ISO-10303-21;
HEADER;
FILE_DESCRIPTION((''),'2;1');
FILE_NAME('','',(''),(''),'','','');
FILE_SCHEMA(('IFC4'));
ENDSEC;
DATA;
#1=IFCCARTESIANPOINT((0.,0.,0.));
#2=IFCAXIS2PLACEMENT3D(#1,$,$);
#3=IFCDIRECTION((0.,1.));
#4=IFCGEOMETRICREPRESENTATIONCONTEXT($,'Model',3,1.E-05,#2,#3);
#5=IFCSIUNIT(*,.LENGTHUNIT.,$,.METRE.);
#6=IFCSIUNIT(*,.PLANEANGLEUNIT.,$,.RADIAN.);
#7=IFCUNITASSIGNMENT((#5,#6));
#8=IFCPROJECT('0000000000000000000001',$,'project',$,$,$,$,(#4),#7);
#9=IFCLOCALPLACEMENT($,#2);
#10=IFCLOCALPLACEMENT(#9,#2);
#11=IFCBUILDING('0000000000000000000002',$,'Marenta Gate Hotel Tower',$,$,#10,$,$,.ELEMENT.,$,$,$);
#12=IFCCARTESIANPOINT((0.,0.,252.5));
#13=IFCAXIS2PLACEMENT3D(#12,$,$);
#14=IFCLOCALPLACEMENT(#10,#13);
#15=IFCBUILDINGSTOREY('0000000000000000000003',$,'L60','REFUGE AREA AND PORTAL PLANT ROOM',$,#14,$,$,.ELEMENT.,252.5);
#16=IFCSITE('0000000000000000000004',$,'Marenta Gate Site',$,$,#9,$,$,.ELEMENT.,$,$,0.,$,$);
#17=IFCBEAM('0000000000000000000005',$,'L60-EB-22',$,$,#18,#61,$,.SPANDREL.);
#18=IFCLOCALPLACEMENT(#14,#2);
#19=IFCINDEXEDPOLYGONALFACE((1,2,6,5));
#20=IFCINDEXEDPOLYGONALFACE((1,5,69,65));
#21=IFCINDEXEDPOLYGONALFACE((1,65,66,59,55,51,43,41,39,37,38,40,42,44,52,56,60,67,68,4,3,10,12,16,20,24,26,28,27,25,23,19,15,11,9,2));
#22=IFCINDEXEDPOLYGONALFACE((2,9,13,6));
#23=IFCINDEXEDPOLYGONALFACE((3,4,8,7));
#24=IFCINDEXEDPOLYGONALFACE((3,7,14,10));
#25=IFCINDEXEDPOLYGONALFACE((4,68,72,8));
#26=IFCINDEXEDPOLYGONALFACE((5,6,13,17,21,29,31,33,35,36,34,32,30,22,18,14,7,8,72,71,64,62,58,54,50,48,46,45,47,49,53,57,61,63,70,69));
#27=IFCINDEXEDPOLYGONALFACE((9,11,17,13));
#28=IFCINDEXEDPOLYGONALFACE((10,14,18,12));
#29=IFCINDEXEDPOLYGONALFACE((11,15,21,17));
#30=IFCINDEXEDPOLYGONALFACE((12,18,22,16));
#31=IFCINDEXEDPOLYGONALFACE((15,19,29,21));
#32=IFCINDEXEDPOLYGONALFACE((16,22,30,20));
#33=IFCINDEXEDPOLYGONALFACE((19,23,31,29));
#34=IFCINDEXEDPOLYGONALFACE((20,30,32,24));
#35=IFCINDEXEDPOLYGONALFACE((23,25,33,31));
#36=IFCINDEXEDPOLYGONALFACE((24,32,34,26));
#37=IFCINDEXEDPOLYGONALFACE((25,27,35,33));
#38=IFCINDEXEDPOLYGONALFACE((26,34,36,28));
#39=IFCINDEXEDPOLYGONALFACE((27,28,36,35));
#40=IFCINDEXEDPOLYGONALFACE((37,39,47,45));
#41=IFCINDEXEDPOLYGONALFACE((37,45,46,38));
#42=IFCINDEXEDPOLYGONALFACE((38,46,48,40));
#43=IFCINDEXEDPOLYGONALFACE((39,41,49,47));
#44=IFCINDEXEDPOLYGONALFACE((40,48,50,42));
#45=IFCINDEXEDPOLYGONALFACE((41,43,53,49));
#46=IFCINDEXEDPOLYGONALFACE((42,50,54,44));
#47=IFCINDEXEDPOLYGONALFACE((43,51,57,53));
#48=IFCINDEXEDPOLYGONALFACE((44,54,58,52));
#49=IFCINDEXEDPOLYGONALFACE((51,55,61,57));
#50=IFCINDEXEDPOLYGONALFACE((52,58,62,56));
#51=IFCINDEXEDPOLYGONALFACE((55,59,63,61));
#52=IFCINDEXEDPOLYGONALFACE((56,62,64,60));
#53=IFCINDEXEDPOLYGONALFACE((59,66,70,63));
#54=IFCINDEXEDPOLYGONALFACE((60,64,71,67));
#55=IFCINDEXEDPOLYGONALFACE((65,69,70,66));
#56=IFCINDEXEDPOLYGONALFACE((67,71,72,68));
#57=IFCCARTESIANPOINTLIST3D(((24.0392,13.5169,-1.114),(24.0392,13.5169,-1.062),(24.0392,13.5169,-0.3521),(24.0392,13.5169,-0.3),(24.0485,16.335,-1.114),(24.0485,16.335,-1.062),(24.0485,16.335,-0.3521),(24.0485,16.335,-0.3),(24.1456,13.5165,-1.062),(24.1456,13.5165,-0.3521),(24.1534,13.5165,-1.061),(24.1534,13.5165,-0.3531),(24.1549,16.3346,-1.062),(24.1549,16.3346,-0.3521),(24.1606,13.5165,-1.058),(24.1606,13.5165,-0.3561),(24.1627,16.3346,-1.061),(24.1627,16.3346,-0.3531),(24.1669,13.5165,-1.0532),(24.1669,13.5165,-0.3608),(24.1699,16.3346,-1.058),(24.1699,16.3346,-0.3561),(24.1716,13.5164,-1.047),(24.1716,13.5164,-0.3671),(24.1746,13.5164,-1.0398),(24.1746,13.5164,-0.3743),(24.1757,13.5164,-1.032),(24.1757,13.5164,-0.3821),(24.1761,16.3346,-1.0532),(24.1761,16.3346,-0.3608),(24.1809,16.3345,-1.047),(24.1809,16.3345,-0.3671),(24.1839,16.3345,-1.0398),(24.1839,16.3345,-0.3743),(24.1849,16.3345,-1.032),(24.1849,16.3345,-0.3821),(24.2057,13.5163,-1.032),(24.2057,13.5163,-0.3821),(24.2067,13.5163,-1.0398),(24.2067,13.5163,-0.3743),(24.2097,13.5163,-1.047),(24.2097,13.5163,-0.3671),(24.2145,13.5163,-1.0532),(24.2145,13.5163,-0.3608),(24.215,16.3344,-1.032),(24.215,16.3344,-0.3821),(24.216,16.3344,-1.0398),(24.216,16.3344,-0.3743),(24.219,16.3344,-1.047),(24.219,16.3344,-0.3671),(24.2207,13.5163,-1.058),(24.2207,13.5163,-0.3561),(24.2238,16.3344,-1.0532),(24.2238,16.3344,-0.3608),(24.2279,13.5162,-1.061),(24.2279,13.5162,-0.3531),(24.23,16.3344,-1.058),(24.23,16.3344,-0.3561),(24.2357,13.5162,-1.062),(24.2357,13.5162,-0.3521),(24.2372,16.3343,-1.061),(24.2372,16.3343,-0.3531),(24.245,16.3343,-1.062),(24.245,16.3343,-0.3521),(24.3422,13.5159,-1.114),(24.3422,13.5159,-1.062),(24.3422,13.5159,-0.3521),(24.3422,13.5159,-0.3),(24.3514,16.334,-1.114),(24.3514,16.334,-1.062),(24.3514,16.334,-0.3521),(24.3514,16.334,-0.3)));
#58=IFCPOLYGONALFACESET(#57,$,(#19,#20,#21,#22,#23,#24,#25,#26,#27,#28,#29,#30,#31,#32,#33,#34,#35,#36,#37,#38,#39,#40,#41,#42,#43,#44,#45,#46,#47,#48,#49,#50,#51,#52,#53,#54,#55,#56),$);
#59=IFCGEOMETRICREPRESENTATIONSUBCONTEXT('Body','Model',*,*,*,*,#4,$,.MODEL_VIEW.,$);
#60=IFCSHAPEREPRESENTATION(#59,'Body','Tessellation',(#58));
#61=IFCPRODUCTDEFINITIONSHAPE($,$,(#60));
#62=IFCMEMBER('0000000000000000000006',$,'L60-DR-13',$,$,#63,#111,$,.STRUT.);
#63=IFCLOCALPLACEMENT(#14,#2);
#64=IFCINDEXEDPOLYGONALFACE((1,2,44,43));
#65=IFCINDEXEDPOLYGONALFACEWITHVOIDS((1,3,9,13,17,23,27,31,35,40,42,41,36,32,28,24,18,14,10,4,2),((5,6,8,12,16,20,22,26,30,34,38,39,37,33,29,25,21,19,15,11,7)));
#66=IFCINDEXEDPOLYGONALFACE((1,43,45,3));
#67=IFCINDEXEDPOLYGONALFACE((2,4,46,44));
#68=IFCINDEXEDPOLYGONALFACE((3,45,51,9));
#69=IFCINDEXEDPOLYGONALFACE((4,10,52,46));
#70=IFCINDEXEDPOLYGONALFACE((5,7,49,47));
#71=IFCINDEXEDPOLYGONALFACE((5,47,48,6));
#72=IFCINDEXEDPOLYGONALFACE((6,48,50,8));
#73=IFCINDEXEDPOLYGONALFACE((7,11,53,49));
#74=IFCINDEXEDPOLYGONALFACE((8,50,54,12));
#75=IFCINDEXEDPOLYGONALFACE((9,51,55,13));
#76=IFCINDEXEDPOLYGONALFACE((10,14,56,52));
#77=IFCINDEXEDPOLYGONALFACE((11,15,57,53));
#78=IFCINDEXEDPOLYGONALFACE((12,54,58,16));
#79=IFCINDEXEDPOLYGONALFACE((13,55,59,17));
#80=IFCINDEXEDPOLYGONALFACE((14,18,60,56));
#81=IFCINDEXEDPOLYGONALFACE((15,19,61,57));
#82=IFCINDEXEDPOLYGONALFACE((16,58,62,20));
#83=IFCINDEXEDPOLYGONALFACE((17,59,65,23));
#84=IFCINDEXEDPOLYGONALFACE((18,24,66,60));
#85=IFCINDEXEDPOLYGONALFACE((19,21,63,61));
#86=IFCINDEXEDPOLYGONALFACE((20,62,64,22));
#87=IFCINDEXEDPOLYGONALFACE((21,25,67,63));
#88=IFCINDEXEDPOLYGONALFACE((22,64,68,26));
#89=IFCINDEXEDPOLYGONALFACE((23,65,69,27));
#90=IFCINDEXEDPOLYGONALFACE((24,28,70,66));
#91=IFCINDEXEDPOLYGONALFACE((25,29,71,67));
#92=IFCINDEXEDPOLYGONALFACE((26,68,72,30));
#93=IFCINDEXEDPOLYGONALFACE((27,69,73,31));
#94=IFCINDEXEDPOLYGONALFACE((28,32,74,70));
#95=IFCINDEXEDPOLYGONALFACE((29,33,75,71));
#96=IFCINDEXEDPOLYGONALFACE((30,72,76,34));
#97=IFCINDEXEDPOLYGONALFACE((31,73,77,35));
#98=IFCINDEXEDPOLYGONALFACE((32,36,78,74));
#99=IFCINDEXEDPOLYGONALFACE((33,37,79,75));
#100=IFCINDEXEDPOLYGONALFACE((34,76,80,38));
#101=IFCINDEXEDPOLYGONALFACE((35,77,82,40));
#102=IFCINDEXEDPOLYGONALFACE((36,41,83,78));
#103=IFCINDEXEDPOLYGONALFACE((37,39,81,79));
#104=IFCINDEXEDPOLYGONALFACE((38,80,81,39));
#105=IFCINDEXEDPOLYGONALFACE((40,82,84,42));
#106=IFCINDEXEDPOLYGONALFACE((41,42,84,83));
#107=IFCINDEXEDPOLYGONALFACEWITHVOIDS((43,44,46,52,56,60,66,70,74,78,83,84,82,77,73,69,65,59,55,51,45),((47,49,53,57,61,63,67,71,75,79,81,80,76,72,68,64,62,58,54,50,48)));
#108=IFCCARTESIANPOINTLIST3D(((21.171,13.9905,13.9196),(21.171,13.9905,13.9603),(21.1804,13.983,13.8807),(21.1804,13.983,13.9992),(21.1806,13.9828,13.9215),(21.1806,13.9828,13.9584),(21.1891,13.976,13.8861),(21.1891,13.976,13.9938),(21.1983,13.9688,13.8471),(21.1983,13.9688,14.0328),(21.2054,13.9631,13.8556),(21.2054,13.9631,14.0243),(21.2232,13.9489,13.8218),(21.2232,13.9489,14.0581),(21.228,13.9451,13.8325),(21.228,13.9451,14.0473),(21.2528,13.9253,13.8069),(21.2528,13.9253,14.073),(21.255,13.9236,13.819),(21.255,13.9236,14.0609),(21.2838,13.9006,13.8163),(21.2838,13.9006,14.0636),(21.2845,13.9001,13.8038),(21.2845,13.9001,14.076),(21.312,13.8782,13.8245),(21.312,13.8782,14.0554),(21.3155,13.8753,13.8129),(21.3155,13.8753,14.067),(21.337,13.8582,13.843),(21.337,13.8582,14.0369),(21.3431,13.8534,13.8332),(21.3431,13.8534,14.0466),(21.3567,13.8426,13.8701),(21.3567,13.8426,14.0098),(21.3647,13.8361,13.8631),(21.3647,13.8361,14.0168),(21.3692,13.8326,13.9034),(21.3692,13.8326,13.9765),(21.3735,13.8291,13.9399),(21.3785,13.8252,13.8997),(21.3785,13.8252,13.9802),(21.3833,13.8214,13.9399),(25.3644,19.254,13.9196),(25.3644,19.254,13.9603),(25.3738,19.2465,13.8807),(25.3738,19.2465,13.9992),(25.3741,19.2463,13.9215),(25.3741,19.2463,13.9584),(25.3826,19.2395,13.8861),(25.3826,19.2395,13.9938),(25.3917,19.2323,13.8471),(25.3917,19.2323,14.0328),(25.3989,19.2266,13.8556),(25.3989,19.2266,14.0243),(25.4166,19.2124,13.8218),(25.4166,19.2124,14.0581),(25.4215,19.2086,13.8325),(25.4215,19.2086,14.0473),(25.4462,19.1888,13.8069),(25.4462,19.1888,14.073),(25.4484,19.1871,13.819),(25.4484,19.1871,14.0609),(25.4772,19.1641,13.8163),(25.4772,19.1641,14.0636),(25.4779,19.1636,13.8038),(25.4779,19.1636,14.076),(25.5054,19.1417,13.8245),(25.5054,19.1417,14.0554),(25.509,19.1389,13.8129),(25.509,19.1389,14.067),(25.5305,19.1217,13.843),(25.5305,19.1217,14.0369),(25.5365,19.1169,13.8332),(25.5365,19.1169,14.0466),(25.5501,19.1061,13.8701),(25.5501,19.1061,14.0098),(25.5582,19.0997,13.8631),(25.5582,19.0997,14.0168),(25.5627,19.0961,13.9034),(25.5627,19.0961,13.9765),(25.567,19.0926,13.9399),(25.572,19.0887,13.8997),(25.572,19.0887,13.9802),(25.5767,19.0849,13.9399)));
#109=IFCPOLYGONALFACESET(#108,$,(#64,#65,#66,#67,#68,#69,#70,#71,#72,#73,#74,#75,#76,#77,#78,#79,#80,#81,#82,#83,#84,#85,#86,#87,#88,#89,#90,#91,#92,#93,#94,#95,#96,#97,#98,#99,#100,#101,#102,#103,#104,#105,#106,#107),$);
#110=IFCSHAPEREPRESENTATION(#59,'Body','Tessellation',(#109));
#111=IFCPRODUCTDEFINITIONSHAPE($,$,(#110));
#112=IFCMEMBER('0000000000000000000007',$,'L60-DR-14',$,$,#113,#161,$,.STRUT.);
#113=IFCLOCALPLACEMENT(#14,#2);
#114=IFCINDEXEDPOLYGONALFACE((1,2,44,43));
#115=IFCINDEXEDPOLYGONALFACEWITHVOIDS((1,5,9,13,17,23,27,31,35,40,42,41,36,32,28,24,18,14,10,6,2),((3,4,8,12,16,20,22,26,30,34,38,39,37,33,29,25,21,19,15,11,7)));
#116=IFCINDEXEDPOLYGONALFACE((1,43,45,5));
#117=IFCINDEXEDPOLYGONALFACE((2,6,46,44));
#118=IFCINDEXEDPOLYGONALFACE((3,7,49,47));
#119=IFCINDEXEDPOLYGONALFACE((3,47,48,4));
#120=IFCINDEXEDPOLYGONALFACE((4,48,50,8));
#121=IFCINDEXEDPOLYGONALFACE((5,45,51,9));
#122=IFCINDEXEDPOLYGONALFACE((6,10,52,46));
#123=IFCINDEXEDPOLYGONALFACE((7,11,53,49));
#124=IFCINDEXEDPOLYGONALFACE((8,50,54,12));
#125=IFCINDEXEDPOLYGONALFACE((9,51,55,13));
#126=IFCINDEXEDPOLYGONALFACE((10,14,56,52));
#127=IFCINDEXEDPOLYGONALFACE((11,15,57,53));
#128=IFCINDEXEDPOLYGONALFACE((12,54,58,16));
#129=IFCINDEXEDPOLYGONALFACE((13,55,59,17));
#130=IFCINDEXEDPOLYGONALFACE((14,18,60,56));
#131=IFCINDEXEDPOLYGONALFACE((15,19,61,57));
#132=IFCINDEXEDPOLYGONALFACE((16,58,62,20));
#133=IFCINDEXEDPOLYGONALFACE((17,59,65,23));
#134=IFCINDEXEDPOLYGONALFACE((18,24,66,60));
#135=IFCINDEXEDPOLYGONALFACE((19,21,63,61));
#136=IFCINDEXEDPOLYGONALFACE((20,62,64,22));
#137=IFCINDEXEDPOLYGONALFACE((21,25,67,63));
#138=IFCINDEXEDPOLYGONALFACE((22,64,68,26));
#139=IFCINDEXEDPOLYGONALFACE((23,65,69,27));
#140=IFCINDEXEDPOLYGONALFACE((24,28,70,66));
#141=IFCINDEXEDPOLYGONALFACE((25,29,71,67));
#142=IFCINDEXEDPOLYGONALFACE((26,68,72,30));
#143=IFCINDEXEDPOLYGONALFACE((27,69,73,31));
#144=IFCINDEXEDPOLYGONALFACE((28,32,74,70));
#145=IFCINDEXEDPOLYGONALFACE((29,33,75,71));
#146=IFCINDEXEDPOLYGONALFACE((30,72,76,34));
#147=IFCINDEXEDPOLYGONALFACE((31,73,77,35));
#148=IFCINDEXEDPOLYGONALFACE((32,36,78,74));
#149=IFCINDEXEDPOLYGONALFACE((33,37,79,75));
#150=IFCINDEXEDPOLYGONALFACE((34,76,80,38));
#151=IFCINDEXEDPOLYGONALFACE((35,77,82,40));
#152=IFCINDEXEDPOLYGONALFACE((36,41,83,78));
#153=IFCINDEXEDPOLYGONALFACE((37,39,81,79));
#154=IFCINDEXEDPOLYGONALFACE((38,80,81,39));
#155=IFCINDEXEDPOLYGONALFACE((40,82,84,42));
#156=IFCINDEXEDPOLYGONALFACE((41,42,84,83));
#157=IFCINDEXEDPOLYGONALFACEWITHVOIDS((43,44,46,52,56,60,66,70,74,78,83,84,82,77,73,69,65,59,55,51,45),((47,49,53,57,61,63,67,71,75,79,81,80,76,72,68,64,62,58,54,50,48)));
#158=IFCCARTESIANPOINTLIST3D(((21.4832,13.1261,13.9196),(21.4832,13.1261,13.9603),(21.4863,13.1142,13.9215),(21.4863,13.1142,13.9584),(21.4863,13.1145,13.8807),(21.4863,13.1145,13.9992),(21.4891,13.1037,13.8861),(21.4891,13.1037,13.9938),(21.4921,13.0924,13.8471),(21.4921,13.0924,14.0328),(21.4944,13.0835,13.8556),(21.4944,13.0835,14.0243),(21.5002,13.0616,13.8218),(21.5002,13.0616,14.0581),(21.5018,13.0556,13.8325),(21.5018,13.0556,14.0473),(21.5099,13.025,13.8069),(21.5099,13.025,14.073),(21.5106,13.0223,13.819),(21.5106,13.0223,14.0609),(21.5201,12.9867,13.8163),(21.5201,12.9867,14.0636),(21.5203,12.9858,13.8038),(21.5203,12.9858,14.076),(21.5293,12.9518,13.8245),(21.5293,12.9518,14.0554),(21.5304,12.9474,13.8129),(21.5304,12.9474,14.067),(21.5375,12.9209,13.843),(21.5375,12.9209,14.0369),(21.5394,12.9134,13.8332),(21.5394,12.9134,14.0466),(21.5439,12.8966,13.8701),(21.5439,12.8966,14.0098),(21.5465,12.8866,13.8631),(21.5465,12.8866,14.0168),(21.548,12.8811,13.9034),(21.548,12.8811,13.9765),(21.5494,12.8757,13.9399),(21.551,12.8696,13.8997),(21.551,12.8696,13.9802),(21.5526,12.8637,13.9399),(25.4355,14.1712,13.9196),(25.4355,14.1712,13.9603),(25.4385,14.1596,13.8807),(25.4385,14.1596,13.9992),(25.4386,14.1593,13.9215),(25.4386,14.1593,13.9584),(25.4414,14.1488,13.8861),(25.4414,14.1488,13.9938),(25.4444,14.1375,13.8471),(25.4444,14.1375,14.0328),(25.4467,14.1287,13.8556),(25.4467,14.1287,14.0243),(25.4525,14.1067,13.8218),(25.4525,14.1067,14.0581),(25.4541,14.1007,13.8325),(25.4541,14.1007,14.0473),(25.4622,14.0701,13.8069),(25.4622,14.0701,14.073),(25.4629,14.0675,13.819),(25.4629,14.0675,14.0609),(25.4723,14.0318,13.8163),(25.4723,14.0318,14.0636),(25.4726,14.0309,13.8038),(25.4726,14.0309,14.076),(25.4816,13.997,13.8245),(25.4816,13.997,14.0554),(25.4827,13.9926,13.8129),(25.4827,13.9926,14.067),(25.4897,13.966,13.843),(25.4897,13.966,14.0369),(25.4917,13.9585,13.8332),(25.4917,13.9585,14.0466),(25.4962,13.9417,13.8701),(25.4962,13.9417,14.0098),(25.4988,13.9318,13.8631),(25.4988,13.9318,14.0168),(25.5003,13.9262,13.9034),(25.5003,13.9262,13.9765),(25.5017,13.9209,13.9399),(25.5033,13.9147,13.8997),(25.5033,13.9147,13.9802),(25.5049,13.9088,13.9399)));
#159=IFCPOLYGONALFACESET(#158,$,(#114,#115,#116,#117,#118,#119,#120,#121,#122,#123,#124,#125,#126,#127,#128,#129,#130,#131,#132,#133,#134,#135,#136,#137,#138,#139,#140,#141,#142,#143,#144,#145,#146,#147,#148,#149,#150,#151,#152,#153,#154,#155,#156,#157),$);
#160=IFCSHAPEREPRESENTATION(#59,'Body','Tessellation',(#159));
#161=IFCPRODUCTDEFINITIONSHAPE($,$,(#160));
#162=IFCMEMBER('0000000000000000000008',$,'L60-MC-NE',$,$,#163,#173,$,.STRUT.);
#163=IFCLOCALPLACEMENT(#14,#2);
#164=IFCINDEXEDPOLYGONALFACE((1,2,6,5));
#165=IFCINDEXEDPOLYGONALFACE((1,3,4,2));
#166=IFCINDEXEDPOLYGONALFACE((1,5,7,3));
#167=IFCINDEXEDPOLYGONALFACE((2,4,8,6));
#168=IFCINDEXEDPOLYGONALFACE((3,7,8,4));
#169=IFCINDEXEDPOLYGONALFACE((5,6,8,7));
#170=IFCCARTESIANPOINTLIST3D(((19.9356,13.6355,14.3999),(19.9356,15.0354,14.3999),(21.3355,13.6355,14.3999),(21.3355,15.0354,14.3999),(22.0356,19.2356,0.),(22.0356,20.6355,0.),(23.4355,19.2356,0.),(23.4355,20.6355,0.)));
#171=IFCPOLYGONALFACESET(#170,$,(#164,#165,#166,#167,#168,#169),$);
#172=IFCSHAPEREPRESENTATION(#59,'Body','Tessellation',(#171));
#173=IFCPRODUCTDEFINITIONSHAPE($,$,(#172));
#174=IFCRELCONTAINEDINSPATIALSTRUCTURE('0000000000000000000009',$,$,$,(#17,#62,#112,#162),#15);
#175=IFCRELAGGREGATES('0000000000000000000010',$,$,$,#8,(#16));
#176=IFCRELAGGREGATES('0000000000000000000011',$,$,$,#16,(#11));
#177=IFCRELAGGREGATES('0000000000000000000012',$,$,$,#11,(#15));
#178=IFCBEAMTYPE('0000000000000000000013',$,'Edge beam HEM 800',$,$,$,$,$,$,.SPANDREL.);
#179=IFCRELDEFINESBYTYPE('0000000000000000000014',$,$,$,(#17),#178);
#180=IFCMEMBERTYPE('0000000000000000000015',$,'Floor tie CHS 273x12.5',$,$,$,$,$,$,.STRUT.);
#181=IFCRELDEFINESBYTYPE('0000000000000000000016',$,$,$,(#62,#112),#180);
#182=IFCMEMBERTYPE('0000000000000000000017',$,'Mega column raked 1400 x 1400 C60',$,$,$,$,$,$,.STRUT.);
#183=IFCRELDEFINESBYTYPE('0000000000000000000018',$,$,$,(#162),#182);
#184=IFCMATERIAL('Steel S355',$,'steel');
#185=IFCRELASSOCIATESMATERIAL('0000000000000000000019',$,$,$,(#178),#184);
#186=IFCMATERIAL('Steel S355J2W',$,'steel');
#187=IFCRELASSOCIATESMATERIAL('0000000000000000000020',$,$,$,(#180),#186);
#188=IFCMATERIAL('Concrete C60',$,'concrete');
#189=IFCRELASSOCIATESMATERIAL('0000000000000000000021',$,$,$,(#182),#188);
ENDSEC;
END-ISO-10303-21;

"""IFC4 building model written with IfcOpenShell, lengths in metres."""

from ifc_helpers import new_model, si_unit, direction, frame, origin, origin_2d, place, context, subcontext, project, spatial, rectangle, hollow_circle, i_section, extrude, material, material_profile, profile_set, type_object, element, save


model = new_model("IFC4")

# Units and contexts
model_context = context("Model", 3, precision=1e-05, world=origin(), true_north=direction((0.0, 1.0)))
body_context = subcontext(model_context, "Body", "Model", "MODEL_VIEW")
ifc_project = project(units=[si_unit("LENGTHUNIT", "METRE"), si_unit("PLANEANGLEUNIT", "RADIAN")], contexts=[model_context])

# Site, building, storey
site_placement = place(None, origin())
site = spatial("IfcSite", under=ifc_project, at=site_placement, Name="Marenta Gate Site", CompositionType="ELEMENT", RefElevation=0.0)
building_placement = place(site_placement, origin())
building = spatial("IfcBuilding", under=site, at=building_placement, Name="Marenta Gate Hotel Tower", CompositionType="ELEMENT")
storey_placement = place(building_placement, frame((0.0, 0.0, 252.5)))
storey = spatial("IfcBuildingStorey", under=building, at=storey_placement, Name="L60", Description="REFUGE AREA AND PORTAL PLANT ROOM", CompositionType="ELEMENT", Elevation=252.5)

# Beam
ifc_material_1 = material(Name="Steel S355", Category="steel")
ifc_material_profile_1 = material_profile(ifc_material_1, i_section(OverallWidth=0.303, OverallDepth=0.814, WebThickness=0.03, FlangeThickness=0.052, FilletRadius=0.03, at=origin_2d()), Name="HEM 800")
ifc_profile_set_1 = profile_set([ifc_material_profile_1], Name="Steel S355")
beam_type_1 = type_object("IfcBeamType", Name="Edge beam HEM 800", PredefinedType="SPANDREL", material=ifc_profile_set_1)
beam_1_placement = place(storey_placement, frame((24.2, 16.3345, -0.707), z_axis=(-0.003292, -0.999995, 0.0), x_axis=(0.999995, -0.003292, 0.0)))
element("IfcBeam", 1, at=beam_1_placement, inside=storey, type_object=beam_type_1, Name="L60-EB-22", PredefinedType="SPANDREL", context=body_context, shape_type="SweptSolid", body=[
    extrude(i_section(OverallWidth=0.303, OverallDepth=0.814, WebThickness=0.03, FlangeThickness=0.052, FilletRadius=0.03, at=origin_2d()), origin(), (0.0, 0.0, 1.0), 2.8181),
])

# Members
ifc_material_2 = material(Name="Steel S355J2W", Category="steel")
ifc_material_profile_2 = material_profile(ifc_material_2, hollow_circle(Radius=0.1365, WallThickness=0.0125, at=origin_2d()), Name="CHS 273x12.5")
ifc_profile_set_2 = profile_set([ifc_material_profile_2], Name="Steel S355J2W")
member_type_1 = type_object("IfcMemberType", Name="Floor tie CHS 273x12.5", PredefinedType="STRUT", material=ifc_profile_set_2)
member_1_placement = place(storey_placement, frame((25.47, 19.1699, 13.9399), z_axis=(-0.623119, -0.782127, 0.0), x_axis=(0.782127, -0.623119, 0.0)))
element("IfcMember", 2, at=member_1_placement, inside=storey, type_object=member_type_1, Name="L60-DR-13", PredefinedType="STRUT", context=body_context, shape_type="SweptSolid", body=[
    extrude(hollow_circle(Radius=0.1365, WallThickness=0.0125, at=origin_2d()), origin(), (0.0, 0.0, 1.0), 6.7297),
])
member_2_placement = place(storey_placement, frame((25.47, 14.0408, 13.9399), z_axis=(-0.966769, -0.255651, 0.0), x_axis=(0.255651, -0.966769, 0.0)))
element("IfcMember", 3, at=member_2_placement, inside=storey, type_object=member_type_1, Name="L60-DR-14", PredefinedType="STRUT", context=body_context, shape_type="SweptSolid", body=[
    extrude(hollow_circle(Radius=0.1365, WallThickness=0.0125, at=origin_2d()), origin(), (0.0, 0.0, 1.0), 4.0881),
])
ifc_material_3 = material(Name="Concrete C60", Category="concrete")
ifc_material_profile_3 = material_profile(ifc_material_3, rectangle(XDim=1.3999, YDim=1.3999, at=origin_2d()), Name="1400 x 1400")
ifc_profile_set_3 = profile_set([ifc_material_profile_3], Name="Concrete C60")
member_type_2 = type_object("IfcMemberType", Name="Mega column raked 1400 x 1400 C60", PredefinedType="STRUT", material=ifc_profile_set_3)
member_3_placement = place(storey_placement, frame((22.7356, 19.9355, 0.0), z_axis=(0.0, 0.0, 1.0), x_axis=(1.0, 0.0, 0.0)))
element("IfcMember", 4, at=member_3_placement, inside=storey, type_object=member_type_2, Name="L60-MC-NE", PredefinedType="STRUT", context=body_context, shape_type="SweptSolid", body=[
    extrude(rectangle(XDim=1.3999, YDim=1.3999, at=origin_2d()), origin(), (-0.134686, -0.359151, 0.92351), 15.5925),
])

save(model, "model.ifc")
